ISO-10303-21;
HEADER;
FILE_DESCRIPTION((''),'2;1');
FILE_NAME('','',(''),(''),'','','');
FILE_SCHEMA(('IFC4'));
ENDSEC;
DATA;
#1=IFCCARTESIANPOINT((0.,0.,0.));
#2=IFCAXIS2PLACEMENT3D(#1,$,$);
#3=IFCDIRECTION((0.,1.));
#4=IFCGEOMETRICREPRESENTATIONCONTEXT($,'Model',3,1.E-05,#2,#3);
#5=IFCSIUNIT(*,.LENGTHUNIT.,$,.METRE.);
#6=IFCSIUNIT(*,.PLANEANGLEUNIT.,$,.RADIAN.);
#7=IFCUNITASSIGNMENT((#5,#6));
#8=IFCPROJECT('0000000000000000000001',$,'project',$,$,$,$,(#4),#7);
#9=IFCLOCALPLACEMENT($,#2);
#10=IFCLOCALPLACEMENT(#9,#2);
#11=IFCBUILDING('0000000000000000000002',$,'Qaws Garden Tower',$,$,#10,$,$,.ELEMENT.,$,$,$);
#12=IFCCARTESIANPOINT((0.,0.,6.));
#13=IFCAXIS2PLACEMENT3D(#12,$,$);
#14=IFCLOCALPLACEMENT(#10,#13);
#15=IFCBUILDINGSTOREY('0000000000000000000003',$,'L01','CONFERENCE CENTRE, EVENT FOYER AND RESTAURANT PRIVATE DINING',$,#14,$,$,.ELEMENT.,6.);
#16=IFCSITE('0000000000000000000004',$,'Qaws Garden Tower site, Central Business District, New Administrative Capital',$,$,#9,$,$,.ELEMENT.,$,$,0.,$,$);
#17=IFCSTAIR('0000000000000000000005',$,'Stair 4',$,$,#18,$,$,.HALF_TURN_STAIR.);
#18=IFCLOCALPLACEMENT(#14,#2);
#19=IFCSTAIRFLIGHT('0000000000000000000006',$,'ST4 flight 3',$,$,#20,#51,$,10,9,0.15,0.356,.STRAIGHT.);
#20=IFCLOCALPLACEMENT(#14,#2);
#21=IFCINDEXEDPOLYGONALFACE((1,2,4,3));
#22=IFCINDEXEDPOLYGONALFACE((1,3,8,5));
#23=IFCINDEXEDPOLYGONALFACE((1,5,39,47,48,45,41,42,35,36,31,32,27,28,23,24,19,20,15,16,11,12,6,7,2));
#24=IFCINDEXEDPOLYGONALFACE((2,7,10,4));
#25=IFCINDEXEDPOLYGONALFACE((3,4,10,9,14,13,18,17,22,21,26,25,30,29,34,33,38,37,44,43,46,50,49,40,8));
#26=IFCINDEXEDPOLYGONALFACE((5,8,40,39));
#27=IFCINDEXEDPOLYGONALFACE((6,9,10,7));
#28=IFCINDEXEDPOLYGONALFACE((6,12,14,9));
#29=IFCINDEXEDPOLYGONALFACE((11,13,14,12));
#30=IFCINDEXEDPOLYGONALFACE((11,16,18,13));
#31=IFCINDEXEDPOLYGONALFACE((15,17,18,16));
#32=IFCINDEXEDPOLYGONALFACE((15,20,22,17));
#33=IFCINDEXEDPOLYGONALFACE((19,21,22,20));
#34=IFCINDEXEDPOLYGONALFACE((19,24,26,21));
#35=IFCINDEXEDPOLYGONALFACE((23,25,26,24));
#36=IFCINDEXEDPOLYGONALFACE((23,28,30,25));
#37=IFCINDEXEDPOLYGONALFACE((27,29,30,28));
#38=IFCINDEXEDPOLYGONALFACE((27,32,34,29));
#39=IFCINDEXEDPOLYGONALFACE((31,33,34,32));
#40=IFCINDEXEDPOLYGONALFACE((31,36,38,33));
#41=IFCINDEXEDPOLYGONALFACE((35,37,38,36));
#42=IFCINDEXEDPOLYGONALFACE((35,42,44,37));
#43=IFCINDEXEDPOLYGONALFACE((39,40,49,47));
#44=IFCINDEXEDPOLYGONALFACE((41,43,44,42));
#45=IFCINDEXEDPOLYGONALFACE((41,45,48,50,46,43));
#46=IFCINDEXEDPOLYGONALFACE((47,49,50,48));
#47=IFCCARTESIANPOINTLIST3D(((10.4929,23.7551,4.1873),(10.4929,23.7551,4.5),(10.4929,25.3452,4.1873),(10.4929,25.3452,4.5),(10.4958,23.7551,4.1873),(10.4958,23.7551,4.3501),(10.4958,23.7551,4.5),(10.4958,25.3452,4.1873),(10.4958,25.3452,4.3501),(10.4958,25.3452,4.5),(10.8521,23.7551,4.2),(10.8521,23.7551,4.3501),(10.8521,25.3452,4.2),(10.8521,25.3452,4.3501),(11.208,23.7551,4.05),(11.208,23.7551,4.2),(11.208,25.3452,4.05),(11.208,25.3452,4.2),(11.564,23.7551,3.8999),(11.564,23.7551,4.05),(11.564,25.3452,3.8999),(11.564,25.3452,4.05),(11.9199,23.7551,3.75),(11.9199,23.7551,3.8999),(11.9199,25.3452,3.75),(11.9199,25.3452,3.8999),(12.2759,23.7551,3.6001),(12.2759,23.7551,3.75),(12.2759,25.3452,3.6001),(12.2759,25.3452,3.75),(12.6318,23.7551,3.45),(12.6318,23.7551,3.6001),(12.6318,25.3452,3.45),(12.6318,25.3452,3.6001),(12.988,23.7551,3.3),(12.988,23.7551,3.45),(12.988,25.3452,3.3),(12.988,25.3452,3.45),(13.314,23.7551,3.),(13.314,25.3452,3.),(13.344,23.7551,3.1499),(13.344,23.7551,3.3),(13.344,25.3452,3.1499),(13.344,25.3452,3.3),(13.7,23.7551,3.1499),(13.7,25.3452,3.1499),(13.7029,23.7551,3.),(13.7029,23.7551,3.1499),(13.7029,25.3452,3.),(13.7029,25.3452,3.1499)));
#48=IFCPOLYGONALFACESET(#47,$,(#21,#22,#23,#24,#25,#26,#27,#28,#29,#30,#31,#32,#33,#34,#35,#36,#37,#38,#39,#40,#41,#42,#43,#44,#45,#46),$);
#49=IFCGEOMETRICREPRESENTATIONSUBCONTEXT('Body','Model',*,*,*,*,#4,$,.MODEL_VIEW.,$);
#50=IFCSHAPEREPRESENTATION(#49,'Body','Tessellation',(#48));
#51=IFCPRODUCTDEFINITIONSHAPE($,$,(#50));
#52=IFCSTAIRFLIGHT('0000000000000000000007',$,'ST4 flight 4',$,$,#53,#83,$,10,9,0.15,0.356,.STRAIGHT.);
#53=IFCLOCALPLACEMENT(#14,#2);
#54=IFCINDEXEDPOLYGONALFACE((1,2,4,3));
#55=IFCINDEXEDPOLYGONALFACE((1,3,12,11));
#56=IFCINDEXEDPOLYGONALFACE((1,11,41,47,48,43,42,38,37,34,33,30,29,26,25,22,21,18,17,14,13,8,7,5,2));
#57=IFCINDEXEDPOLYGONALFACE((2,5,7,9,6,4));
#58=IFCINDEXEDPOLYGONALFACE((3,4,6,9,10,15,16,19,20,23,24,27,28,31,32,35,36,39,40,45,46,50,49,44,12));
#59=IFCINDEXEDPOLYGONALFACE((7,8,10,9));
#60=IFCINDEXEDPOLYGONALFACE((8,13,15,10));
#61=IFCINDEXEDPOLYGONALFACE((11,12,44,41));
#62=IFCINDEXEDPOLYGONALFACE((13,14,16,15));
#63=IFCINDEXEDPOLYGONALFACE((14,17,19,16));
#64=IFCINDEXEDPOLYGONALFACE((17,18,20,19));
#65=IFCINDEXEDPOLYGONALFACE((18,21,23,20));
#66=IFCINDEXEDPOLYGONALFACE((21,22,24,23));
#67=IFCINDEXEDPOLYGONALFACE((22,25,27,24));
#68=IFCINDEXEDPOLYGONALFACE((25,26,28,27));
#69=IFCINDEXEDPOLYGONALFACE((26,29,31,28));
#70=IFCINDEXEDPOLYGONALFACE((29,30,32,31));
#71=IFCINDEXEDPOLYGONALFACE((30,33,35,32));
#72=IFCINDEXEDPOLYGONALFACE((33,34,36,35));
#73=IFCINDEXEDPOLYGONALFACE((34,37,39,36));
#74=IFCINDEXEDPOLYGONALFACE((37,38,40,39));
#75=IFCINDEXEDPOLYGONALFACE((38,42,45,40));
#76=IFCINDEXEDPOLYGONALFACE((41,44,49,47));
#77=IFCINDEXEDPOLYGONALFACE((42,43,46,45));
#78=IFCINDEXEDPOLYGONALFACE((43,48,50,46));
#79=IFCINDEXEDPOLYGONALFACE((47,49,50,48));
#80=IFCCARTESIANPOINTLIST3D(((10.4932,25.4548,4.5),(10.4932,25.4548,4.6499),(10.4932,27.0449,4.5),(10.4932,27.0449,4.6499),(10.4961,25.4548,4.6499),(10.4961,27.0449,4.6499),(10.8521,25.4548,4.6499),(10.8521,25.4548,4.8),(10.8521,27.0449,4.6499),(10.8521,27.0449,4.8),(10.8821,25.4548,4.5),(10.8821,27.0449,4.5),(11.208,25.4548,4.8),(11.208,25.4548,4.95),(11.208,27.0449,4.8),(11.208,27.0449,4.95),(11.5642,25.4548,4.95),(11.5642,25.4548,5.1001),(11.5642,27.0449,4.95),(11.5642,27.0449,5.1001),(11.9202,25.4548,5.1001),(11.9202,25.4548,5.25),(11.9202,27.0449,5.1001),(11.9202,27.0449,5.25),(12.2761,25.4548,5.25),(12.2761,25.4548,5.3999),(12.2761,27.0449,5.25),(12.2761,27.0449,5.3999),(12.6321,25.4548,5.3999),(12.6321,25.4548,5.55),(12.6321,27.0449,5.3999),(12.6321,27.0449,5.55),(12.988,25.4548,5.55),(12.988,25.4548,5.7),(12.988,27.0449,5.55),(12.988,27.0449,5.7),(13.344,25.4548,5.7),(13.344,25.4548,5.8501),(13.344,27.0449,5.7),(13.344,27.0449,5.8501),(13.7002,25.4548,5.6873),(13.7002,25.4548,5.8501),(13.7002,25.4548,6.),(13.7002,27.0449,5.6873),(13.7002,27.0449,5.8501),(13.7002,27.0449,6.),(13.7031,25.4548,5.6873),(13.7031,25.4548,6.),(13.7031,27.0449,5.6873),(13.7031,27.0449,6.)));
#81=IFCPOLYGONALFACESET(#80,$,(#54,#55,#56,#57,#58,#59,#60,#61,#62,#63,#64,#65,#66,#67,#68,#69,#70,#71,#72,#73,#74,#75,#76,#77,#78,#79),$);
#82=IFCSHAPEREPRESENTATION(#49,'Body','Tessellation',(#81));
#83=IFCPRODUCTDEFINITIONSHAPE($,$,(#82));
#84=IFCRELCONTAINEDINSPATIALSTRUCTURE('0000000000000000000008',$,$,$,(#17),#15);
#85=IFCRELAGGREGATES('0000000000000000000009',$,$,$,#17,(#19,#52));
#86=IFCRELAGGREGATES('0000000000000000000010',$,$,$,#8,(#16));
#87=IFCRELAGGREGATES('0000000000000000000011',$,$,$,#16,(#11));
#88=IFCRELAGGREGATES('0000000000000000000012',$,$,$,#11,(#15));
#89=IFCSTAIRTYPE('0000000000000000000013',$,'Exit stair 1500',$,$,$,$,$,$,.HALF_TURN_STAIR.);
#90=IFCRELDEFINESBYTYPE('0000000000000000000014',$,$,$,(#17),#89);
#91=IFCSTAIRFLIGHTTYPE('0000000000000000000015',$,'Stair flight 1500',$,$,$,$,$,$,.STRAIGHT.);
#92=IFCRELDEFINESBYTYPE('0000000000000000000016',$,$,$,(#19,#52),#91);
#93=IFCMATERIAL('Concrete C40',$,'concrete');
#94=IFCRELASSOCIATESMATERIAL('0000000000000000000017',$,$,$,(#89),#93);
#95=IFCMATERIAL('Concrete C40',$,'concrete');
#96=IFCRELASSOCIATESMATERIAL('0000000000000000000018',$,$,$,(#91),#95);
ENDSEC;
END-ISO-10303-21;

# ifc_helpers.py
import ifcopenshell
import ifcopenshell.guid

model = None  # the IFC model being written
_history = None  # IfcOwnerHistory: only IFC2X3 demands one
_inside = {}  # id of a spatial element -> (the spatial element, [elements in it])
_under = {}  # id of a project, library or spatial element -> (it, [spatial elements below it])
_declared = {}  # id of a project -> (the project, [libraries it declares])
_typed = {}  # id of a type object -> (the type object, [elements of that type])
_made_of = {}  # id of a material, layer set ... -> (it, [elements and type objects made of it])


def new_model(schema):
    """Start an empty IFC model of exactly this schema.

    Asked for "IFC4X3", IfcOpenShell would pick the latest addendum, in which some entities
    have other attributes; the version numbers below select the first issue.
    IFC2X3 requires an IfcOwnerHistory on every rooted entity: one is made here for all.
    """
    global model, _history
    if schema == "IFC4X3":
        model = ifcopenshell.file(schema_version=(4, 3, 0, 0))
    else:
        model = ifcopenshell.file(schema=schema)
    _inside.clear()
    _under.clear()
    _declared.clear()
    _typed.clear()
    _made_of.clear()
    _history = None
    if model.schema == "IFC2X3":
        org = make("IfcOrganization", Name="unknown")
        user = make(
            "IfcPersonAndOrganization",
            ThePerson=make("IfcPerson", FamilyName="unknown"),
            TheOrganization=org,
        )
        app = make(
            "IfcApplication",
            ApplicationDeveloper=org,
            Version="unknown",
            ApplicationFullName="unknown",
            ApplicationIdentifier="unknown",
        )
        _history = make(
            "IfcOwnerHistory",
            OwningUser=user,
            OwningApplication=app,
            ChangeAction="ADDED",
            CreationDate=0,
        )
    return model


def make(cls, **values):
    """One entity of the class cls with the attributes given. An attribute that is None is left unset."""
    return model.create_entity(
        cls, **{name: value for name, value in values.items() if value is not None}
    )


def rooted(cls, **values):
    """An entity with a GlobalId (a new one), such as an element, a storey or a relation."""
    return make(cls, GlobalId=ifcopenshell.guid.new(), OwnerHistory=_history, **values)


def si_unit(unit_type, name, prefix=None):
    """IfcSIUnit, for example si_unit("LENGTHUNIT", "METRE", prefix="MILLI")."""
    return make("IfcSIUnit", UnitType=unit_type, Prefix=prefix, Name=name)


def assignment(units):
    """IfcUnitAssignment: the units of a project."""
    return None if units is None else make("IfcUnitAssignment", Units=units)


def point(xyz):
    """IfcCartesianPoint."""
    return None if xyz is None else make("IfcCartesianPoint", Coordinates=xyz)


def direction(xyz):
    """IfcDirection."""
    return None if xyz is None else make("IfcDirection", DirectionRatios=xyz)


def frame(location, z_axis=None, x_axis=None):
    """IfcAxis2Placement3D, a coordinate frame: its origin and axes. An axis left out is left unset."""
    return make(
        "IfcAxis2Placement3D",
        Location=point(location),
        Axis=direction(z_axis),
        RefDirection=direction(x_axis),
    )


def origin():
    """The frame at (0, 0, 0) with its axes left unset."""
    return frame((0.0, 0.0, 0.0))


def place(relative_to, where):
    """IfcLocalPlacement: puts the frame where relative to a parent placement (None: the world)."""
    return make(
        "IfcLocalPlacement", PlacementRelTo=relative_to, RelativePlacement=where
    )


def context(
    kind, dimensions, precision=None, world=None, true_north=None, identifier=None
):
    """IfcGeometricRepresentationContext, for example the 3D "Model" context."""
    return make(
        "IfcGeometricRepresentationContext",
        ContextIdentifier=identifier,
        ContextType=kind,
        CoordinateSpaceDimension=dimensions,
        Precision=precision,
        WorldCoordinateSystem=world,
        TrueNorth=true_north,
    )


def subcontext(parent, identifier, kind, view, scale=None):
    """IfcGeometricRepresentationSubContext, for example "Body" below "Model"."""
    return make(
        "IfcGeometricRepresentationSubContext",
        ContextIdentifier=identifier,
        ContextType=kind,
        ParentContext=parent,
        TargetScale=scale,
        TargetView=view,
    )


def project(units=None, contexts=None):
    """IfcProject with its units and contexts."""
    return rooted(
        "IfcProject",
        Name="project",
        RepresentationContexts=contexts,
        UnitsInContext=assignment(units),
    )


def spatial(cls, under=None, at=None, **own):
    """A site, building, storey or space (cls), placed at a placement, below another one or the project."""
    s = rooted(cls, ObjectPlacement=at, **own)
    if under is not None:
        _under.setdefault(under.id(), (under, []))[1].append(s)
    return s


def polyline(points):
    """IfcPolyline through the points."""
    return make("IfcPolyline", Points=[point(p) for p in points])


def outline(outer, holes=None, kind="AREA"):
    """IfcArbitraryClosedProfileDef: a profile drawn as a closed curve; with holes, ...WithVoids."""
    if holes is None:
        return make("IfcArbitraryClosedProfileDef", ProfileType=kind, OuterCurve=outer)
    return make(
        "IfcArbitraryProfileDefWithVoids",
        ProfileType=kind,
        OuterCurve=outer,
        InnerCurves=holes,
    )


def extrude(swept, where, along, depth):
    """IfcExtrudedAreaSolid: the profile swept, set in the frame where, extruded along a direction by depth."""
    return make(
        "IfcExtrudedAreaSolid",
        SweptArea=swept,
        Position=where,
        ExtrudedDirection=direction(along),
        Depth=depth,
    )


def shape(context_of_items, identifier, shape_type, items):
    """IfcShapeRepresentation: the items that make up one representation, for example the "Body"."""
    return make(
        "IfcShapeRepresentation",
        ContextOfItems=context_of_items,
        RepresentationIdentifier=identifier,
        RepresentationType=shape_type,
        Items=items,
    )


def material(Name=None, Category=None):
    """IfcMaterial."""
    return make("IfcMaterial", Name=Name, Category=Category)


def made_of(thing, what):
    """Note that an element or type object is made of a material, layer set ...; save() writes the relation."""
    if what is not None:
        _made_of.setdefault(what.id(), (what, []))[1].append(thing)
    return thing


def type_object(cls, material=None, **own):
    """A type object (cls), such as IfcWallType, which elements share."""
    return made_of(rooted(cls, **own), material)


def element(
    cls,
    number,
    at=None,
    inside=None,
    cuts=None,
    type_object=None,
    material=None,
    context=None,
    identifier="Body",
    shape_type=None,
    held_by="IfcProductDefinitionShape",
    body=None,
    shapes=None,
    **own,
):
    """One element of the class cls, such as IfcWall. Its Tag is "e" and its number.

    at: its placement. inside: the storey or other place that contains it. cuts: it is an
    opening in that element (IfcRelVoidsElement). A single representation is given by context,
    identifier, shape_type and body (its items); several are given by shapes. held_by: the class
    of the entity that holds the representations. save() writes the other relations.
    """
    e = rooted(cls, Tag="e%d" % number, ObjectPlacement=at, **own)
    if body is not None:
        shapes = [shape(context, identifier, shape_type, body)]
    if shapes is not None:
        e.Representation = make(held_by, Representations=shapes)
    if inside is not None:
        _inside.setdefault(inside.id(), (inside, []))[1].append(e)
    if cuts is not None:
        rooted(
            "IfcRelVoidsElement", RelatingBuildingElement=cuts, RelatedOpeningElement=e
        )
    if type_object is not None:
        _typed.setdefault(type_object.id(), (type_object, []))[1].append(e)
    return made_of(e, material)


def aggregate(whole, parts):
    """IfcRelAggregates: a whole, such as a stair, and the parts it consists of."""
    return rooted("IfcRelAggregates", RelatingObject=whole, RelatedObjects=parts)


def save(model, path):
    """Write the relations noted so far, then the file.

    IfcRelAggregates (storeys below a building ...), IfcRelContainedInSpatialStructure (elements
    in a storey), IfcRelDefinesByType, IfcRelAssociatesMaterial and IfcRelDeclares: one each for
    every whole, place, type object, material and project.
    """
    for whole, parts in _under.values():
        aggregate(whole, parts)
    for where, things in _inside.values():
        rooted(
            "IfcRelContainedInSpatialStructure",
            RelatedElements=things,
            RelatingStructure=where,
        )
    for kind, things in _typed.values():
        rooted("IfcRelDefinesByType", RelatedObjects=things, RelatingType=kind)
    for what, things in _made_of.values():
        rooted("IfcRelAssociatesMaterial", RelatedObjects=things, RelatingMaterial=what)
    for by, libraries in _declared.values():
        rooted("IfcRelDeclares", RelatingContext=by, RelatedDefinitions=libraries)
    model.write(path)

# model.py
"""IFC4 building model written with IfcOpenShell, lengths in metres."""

from ifc_helpers import new_model, si_unit, direction, frame, origin, place, context, subcontext, project, spatial, polyline, outline, extrude, material, type_object, element, aggregate, save


model = new_model("IFC4")

# Units and contexts
model_context = context("Model", 3, precision=1e-05, world=origin(), true_north=direction((0.0, 1.0)))
body_context = subcontext(model_context, "Body", "Model", "MODEL_VIEW")
ifc_project = project(units=[si_unit("LENGTHUNIT", "METRE"), si_unit("PLANEANGLEUNIT", "RADIAN")], contexts=[model_context])

# Site, building, storey
site_placement = place(None, origin())
site = spatial("IfcSite", under=ifc_project, at=site_placement, Name="Qaws Garden Tower site, Central Business District, New Administrative Capital", CompositionType="ELEMENT", RefElevation=0.0)
building_placement = place(site_placement, origin())
building = spatial("IfcBuilding", under=site, at=building_placement, Name="Qaws Garden Tower", CompositionType="ELEMENT")
storey_placement = place(building_placement, frame((0.0, 0.0, 6.0)))
storey = spatial("IfcBuildingStorey", under=building, at=storey_placement, Name="L01", Description="CONFERENCE CENTRE, EVENT FOYER AND RESTAURANT PRIVATE DINING", CompositionType="ELEMENT", Elevation=6.0)

# Stair, stair flights
ifc_material_1 = material(Name="Concrete C40", Category="concrete")
stair_type = type_object("IfcStairType", Name="Exit stair 1500", PredefinedType="HALF_TURN_STAIR", material=ifc_material_1)
stair_placement = place(storey_placement, origin())
stair = element("IfcStair", 1, at=stair_placement, inside=storey, type_object=stair_type, Name="Stair 4", PredefinedType="HALF_TURN_STAIR")
ifc_material_2 = material(Name="Concrete C40", Category="concrete")
stair_flight_type = type_object("IfcStairFlightType", Name="Stair flight 1500", PredefinedType="STRAIGHT", material=ifc_material_2)
stair_flight_1_placement = place(storey_placement, frame((13.7, 24.55, 3.0), z_axis=(0.0, 0.0, 1.0), x_axis=(-1.0, 0.0, 0.0)))
stair_flight_1 = element("IfcStairFlight", 2, at=stair_flight_1_placement, type_object=stair_flight_type, Name="ST4 flight 3", NumberOfRisers=10, NumberOfTreads=9, PredefinedType="STRAIGHT", RiserHeight=0.15, TreadLength=0.356, context=body_context, shape_type="SweptSolid", body=[
    extrude(outline(polyline([(-0.0029, 0.0), (-0.0029, 0.1499), (0.0, 0.1499), (0.356, 0.1499), (0.356, 0.3), (0.7119, 0.3), (0.7119, 0.45), (1.0681, 0.45), (1.0681, 0.6001), (1.4241, 0.6001), (1.4241, 0.75), (1.78, 0.75), (1.78, 0.8999), (2.136, 0.8999), (2.136, 1.05), (2.4919, 1.05), (2.4919, 1.2), (2.8479, 1.2), (2.8479, 1.3501), (3.2041, 1.3501), (3.2041, 1.5), (3.207, 1.5), (3.207, 1.1873), (3.2041, 1.1873), (0.386, 0.0), (-0.0029, 0.0)])), frame((0.0, 0.7949, 0.0), z_axis=(0.0, -1.0, 0.0), x_axis=(1.0, 0.0, 0.0)), (0.0, 0.0, 1.0), 1.5901),
])
stair_flight_2_placement = place(storey_placement, frame((10.4961, 26.25, 4.5), z_axis=(0.0, 0.0, 1.0), x_axis=(1.0, 0.0, 0.0)))
stair_flight_2 = element("IfcStairFlight", 3, at=stair_flight_2_placement, type_object=stair_flight_type, Name="ST4 flight 4", NumberOfRisers=10, NumberOfTreads=9, PredefinedType="STRAIGHT", RiserHeight=0.15, TreadLength=0.356, context=body_context, shape_type="SweptSolid", body=[
    extrude(outline(polyline([(-0.0029, 0.0), (-0.0029, 0.1499), (0.0, 0.1499), (0.356, 0.1499), (0.356, 0.3), (0.7119, 0.3), (0.7119, 0.45), (1.0681, 0.45), (1.0681, 0.6001), (1.4241, 0.6001), (1.4241, 0.75), (1.78, 0.75), (1.78, 0.8999), (2.136, 0.8999), (2.136, 1.05), (2.4919, 1.05), (2.4919, 1.2), (2.8479, 1.2), (2.8479, 1.3501), (3.2041, 1.3501), (3.2041, 1.5), (3.207, 1.5), (3.207, 1.1873), (3.2041, 1.1873), (0.386, 0.0), (-0.0029, 0.0)])), frame((0.0, 0.7949, 0.0), z_axis=(0.0, -1.0, 0.0), x_axis=(1.0, 0.0, 0.0)), (0.0, 0.0, 1.0), 1.5901),
])
aggregate(stair, [stair_flight_1, stair_flight_2])

save(model, "model.ifc")
